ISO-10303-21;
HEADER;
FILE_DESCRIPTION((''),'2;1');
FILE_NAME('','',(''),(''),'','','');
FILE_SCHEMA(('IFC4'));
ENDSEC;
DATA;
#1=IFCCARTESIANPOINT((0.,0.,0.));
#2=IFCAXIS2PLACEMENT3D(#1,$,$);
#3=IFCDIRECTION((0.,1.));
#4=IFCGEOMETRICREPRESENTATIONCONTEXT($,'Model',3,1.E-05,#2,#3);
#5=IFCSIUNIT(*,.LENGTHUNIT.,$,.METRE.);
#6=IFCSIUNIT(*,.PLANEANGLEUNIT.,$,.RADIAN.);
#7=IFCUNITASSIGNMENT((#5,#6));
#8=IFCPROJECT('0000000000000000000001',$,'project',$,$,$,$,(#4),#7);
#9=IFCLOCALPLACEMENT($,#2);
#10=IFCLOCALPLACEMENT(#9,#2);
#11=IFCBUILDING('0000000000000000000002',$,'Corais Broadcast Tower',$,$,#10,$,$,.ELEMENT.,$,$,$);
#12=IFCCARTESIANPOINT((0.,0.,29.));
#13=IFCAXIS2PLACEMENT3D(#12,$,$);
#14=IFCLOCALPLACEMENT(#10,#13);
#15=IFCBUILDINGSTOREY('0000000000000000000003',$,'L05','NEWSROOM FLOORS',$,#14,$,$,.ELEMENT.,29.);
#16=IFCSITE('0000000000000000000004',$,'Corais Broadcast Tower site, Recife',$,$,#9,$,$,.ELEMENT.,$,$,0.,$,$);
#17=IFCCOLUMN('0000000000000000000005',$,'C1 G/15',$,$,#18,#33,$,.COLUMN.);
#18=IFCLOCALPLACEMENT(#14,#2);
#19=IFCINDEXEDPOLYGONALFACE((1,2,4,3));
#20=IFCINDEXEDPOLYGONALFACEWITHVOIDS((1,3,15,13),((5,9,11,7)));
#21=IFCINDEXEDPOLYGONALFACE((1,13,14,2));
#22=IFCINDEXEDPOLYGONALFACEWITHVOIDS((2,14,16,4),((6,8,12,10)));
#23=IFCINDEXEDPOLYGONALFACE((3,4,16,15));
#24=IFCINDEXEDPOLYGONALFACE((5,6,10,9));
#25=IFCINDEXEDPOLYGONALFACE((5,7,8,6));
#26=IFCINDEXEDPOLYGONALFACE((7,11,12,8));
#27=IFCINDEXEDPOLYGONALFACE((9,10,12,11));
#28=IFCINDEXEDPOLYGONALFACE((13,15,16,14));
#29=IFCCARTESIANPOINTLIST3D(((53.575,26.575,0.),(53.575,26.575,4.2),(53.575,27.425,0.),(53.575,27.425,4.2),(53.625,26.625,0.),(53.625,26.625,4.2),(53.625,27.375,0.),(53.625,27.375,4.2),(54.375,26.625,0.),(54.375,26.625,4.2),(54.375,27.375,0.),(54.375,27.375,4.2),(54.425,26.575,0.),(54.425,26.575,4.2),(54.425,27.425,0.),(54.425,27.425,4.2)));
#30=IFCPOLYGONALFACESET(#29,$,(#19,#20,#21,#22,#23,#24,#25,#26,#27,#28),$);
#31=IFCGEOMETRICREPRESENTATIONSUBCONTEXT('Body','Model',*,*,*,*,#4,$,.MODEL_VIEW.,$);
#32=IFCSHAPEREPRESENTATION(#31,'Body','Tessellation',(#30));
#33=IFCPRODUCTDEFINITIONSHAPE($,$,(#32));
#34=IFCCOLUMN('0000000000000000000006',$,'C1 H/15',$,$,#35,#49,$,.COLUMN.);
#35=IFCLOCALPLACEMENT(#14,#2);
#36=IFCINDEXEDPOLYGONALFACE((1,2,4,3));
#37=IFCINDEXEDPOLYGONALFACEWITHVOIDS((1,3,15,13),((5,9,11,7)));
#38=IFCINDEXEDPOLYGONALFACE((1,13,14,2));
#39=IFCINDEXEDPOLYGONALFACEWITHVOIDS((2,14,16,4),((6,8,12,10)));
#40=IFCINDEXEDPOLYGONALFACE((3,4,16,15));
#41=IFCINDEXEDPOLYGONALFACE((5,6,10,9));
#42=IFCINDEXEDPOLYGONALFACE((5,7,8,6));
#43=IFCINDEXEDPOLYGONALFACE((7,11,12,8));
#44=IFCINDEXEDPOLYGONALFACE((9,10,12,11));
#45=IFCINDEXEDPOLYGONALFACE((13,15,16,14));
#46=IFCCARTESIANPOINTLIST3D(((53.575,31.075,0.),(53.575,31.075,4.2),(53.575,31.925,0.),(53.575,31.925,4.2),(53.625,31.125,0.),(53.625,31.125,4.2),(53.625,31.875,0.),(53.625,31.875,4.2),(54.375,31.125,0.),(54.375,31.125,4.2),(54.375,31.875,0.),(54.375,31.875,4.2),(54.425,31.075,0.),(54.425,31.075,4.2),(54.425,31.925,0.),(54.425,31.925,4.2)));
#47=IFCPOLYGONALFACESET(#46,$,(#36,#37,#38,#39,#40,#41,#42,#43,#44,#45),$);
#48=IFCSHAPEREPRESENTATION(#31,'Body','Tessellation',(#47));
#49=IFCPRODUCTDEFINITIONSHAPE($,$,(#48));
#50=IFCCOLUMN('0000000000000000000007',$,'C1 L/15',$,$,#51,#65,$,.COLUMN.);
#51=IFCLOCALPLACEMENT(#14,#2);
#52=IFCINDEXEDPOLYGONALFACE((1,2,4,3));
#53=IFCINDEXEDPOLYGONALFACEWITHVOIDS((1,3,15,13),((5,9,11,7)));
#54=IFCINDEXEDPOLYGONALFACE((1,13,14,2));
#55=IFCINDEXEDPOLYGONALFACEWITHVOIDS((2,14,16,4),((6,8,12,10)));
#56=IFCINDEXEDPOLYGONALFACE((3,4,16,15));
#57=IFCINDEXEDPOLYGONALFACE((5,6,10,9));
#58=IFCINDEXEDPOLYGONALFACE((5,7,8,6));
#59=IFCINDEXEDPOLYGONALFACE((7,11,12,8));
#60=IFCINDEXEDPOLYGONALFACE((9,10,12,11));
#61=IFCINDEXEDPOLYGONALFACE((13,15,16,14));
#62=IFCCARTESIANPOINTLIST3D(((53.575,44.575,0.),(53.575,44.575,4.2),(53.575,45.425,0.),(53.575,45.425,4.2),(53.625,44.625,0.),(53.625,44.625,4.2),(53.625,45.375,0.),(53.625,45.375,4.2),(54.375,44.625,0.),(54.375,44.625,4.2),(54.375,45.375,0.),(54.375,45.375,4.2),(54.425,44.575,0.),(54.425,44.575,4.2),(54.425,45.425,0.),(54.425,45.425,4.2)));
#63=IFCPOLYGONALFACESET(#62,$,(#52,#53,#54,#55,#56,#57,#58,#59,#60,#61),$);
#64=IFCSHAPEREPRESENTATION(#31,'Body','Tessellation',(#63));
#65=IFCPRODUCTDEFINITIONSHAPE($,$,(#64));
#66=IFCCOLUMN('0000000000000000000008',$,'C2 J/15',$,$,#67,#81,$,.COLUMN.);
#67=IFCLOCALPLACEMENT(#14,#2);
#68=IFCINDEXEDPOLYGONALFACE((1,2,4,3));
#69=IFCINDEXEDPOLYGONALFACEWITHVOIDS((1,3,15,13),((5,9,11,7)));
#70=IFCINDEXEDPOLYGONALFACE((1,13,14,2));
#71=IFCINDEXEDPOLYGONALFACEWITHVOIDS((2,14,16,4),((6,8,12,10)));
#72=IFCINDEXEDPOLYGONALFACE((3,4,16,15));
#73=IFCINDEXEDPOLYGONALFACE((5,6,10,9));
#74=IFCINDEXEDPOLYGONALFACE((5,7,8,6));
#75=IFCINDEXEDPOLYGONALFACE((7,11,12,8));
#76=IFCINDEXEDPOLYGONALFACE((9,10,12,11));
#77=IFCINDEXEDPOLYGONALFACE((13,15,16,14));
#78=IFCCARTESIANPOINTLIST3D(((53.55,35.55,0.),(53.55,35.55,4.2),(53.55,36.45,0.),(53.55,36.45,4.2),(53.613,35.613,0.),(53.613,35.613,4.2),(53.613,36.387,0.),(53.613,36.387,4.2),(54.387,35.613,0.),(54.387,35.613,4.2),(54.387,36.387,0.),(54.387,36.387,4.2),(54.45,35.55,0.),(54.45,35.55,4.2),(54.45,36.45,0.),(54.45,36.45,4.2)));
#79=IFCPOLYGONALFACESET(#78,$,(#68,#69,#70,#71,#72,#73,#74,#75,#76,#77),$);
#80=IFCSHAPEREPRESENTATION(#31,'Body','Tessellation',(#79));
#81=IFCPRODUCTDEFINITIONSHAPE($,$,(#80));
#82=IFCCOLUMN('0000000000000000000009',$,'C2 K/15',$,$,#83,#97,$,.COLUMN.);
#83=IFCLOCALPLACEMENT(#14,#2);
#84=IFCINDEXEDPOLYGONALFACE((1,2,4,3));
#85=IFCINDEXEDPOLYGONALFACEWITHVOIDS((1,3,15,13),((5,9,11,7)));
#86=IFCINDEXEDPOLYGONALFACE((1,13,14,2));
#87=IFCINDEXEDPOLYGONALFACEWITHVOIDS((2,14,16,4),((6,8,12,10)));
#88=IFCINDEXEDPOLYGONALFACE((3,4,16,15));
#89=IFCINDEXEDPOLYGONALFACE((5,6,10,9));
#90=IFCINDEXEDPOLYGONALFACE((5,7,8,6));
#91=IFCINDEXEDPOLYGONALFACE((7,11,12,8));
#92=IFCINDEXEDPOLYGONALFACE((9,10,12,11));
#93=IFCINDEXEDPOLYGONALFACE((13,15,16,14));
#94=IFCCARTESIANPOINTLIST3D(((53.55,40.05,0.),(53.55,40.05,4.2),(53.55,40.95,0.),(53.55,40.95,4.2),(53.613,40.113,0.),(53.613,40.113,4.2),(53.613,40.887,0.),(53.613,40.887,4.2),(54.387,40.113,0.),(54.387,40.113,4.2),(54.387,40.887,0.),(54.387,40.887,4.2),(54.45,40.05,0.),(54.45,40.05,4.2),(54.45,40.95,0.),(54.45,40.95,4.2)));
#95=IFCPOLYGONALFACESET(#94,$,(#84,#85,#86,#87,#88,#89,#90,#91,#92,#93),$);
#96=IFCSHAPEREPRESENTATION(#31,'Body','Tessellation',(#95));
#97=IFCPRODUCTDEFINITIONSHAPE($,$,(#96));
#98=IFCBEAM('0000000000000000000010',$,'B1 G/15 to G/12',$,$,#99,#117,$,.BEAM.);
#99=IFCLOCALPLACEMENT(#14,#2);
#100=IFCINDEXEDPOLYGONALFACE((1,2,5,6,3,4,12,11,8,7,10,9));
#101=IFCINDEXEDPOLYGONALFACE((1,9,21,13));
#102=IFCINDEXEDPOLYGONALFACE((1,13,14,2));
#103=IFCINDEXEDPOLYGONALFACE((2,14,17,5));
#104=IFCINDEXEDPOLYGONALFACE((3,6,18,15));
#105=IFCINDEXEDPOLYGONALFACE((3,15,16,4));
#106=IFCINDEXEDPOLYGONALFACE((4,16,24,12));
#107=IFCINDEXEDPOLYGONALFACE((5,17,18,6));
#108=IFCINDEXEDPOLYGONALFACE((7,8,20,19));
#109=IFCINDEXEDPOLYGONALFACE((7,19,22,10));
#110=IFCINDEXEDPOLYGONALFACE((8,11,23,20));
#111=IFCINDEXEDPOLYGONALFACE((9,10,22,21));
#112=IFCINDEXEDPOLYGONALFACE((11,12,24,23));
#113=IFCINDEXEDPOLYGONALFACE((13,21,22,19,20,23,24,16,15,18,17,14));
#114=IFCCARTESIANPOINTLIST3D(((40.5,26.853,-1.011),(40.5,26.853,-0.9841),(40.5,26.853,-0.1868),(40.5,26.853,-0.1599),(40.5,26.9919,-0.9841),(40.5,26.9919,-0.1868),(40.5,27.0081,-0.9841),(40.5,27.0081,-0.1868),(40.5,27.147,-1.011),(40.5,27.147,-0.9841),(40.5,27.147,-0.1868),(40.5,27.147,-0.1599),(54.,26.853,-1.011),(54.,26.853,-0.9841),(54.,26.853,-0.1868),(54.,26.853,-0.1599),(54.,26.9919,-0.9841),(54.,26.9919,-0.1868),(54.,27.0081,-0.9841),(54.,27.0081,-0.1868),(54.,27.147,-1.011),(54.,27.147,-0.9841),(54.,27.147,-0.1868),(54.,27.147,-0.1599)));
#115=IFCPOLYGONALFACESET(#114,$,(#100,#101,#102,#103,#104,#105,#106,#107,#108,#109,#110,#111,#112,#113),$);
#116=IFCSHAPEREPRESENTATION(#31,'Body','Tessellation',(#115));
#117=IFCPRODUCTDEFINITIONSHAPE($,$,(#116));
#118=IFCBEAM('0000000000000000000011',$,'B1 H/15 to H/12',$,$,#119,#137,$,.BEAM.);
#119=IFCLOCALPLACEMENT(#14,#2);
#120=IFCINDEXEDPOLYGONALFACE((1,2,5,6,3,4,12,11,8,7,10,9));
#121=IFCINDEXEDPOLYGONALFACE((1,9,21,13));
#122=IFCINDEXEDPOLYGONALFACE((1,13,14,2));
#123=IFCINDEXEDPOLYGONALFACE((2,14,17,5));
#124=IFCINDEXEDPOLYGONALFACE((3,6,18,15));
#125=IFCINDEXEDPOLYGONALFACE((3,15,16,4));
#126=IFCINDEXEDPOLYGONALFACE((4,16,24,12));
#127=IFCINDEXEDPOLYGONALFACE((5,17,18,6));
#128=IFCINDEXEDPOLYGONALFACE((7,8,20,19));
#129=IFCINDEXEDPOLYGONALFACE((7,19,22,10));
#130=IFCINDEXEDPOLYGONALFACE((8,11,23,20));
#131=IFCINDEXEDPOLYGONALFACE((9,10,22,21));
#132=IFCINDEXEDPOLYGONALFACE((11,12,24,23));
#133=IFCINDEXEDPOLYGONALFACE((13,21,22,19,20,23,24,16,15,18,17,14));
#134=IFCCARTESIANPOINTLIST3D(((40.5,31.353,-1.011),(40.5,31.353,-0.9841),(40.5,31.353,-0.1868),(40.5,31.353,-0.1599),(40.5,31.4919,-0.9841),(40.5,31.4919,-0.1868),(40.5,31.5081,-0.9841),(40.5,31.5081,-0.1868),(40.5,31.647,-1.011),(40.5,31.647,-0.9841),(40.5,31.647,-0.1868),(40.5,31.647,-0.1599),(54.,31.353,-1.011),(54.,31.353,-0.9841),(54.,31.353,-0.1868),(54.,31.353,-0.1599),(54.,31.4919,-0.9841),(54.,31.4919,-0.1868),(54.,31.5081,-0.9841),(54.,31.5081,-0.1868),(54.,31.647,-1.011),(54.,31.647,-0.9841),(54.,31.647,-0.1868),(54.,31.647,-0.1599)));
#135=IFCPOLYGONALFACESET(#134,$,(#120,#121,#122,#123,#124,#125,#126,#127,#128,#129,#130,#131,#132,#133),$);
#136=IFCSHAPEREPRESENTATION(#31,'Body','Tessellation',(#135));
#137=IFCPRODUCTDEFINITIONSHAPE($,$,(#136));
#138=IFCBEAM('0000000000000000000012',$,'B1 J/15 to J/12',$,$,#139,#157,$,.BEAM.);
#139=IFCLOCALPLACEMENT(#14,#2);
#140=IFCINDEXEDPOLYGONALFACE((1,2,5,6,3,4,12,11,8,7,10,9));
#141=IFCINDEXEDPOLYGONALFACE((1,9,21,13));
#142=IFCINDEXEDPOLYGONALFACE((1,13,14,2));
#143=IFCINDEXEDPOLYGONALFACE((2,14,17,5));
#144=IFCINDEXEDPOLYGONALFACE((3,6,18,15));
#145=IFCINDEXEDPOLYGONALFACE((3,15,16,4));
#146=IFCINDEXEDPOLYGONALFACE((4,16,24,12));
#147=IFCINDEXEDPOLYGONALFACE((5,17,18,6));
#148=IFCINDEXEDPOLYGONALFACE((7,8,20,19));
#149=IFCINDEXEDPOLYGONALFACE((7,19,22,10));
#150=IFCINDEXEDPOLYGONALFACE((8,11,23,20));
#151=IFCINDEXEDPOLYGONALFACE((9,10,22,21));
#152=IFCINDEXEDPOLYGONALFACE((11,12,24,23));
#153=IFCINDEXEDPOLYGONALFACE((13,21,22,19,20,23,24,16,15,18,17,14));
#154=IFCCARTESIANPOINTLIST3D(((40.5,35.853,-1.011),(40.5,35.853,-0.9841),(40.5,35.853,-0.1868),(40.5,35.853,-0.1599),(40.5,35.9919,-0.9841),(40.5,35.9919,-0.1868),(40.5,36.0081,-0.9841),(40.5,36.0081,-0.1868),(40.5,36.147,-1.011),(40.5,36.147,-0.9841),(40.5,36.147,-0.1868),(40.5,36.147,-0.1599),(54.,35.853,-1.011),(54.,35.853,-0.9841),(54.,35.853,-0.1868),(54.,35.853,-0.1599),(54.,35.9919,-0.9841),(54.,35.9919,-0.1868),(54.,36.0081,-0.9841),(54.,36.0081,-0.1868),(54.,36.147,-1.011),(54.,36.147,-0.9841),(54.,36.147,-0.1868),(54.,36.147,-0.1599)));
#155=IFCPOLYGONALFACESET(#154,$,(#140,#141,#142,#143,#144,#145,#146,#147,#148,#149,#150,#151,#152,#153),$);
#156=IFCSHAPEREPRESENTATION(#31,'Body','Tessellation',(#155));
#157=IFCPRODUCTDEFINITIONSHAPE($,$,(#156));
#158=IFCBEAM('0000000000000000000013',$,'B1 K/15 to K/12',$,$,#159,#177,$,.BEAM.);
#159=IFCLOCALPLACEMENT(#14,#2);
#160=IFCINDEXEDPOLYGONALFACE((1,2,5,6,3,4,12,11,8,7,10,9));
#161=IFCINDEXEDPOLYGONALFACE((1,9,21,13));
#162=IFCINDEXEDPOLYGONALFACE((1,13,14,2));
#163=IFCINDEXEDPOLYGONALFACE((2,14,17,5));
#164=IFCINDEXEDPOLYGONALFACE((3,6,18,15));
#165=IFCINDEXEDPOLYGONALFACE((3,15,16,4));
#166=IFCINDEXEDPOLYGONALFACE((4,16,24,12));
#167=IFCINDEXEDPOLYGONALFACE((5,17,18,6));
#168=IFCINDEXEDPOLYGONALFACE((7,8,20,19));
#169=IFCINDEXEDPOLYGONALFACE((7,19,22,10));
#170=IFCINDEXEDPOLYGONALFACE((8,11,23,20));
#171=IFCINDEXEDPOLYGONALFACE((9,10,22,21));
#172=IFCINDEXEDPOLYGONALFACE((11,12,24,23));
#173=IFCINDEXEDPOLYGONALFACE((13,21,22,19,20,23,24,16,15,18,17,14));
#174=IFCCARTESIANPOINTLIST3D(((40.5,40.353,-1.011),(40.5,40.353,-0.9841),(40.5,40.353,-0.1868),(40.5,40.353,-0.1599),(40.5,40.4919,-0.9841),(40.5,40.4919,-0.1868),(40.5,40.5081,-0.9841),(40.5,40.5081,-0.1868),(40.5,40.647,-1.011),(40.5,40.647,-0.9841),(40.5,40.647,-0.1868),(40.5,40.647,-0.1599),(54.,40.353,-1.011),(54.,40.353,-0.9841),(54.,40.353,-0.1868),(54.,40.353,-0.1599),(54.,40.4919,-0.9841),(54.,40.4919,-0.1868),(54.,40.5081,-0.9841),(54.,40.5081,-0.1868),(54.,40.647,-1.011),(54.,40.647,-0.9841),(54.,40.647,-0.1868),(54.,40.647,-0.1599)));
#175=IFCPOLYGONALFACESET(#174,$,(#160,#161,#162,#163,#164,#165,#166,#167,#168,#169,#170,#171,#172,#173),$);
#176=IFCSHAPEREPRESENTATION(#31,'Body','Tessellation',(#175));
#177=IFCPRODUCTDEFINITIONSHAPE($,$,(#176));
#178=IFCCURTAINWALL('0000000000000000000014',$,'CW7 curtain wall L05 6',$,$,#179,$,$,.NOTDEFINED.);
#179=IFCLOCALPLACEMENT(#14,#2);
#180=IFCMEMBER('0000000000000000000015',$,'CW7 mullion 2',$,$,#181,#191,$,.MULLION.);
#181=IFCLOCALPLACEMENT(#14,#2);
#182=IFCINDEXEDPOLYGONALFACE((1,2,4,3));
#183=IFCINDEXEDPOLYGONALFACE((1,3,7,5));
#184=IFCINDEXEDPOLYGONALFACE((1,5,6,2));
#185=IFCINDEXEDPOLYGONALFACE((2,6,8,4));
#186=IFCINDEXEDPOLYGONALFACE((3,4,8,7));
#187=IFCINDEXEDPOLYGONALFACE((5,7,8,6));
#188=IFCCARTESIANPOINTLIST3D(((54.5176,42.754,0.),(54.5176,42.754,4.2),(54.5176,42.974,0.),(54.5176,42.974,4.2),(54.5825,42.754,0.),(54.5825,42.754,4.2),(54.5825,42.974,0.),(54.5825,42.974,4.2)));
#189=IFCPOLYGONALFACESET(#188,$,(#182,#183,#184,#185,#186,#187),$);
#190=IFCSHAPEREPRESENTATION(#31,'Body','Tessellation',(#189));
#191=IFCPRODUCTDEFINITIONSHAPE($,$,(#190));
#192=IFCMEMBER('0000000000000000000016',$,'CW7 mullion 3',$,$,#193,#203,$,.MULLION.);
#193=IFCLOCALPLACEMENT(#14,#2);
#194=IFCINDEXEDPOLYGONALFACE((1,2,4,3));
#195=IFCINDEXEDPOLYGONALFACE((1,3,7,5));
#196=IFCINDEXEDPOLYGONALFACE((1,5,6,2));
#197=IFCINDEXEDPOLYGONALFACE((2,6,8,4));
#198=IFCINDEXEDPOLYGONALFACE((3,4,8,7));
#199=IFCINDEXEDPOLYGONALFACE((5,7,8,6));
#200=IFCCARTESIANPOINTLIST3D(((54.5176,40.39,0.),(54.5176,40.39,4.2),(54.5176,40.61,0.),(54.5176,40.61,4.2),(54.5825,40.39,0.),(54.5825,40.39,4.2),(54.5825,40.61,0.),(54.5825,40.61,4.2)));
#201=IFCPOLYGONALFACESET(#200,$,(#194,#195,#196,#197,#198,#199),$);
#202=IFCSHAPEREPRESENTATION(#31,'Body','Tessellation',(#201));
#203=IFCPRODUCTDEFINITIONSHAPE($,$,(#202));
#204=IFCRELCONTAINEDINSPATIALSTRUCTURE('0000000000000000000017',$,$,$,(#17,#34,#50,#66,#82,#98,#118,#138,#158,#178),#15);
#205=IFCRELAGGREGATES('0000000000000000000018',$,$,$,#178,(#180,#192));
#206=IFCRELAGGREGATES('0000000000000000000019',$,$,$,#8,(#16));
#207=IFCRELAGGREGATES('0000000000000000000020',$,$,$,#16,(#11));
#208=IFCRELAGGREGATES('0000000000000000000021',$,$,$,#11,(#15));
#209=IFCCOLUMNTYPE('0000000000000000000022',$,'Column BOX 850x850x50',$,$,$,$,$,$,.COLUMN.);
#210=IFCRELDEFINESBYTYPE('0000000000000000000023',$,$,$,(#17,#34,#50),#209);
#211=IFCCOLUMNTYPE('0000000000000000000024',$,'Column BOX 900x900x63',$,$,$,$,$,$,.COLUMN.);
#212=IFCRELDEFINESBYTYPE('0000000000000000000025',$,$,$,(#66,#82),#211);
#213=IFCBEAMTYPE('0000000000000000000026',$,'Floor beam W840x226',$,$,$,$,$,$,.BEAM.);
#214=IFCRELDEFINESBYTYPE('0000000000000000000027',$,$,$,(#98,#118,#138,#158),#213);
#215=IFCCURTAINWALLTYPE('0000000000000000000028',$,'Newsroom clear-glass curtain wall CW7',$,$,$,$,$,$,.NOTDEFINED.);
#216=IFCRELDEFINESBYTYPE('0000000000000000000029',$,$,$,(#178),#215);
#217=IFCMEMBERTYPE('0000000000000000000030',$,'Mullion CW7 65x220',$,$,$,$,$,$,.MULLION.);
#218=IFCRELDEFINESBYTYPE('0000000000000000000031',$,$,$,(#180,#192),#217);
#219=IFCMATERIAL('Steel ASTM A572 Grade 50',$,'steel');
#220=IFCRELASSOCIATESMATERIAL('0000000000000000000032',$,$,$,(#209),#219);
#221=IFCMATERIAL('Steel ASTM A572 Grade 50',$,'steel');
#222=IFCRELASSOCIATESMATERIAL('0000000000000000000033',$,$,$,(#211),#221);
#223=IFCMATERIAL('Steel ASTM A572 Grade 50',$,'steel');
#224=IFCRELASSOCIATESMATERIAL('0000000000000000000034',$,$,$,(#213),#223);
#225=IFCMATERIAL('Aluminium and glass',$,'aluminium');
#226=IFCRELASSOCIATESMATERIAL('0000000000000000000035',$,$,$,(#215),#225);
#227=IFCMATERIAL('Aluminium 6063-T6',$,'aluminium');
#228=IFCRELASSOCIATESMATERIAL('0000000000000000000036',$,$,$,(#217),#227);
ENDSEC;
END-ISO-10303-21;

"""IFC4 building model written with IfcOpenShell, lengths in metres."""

from ifc_helpers import new_model, si_unit, direction, frame, origin, origin_2d, place, context, subcontext, project, spatial, rectangle, hollow_rectangle, i_section, extrude, material, material_profile, profile_set, type_object, element, aggregate, save


model = new_model("IFC4")

# Units and contexts
model_context = context("Model", 3, precision=1e-05, world=origin(), true_north=direction((0.0, 1.0)))
body_context = subcontext(model_context, "Body", "Model", "MODEL_VIEW")
ifc_project = project(units=[si_unit("LENGTHUNIT", "METRE"), si_unit("PLANEANGLEUNIT", "RADIAN")], contexts=[model_context])

# Site, building, storey
site_placement = place(None, origin())
site = spatial("IfcSite", under=ifc_project, at=site_placement, Name="Corais Broadcast Tower site, Recife", CompositionType="ELEMENT", RefElevation=0.0)
building_placement = place(site_placement, origin())
building = spatial("IfcBuilding", under=site, at=building_placement, Name="Corais Broadcast Tower", CompositionType="ELEMENT")
storey_placement = place(building_placement, frame((0.0, 0.0, 29.0)))
storey = spatial("IfcBuildingStorey", under=building, at=storey_placement, Name="L05", Description="NEWSROOM FLOORS", CompositionType="ELEMENT", Elevation=29.0)

# Columns
ifc_material_1 = material(Name="Steel ASTM A572 Grade 50", Category="steel")
ifc_material_profile_1 = material_profile(ifc_material_1, hollow_rectangle(XDim=0.8501, YDim=0.8501, WallThickness=0.05, at=origin_2d()), Name="BOX 850x850x50")
ifc_profile_set_1 = profile_set([ifc_material_profile_1], Name="Steel ASTM A572 Grade 50")
column_type_1 = type_object("IfcColumnType", Name="Column BOX 850x850x50", PredefinedType="COLUMN", material=ifc_profile_set_1)
for number, where, z_axis, x_axis, name in (
    (1, (54.0, 27.0, 0.0), (0.0, 0.0, 1.0), (1.0, 0.0, 0.0), "C1 G/15"),
    (2, (54.0, 31.5, 0.0), (0.0, 0.0, 1.0), (1.0, 0.0, 0.0), "C1 H/15"),
    (3, (54.0, 45.0, 0.0), (0.0, 0.0, 1.0), (1.0, 0.0, 0.0), "C1 L/15"),
):
    element("IfcColumn", number, at=place(storey_placement, frame(where, z_axis=z_axis, x_axis=x_axis)), inside=storey, type_object=column_type_1, Name=name, PredefinedType="COLUMN", context=body_context, shape_type="SweptSolid", body=[
        extrude(hollow_rectangle(XDim=0.8501, YDim=0.8501, WallThickness=0.05, at=origin_2d()), origin(), (0.0, 0.0, 1.0), 4.2),
    ])
ifc_material_2 = material(Name="Steel ASTM A572 Grade 50", Category="steel")
ifc_material_profile_2 = material_profile(ifc_material_2, hollow_rectangle(XDim=0.8999, YDim=0.8999, WallThickness=0.063, at=origin_2d()), Name="BOX 900x900x63")
ifc_profile_set_2 = profile_set([ifc_material_profile_2], Name="Steel ASTM A572 Grade 50")
column_type_2 = type_object("IfcColumnType", Name="Column BOX 900x900x63", PredefinedType="COLUMN", material=ifc_profile_set_2)
for number, where, z_axis, x_axis, name in (
    (4, (54.0, 36.0, 0.0), (0.0, 0.0, 1.0), (1.0, 0.0, 0.0), "C2 J/15"),
    (5, (54.0, 40.5, 0.0), (0.0, 0.0, 1.0), (1.0, 0.0, 0.0), "C2 K/15"),
):
    element("IfcColumn", number, at=place(storey_placement, frame(where, z_axis=z_axis, x_axis=x_axis)), inside=storey, type_object=column_type_2, Name=name, PredefinedType="COLUMN", context=body_context, shape_type="SweptSolid", body=[
        extrude(hollow_rectangle(XDim=0.8999, YDim=0.8999, WallThickness=0.063, at=origin_2d()), origin(), (0.0, 0.0, 1.0), 4.2),
    ])

# Beams
ifc_material_3 = material(Name="Steel ASTM A572 Grade 50", Category="steel")
ifc_material_profile_3 = material_profile(ifc_material_3, i_section(OverallWidth=0.2939, OverallDepth=0.8511, WebThickness=0.0161, FlangeThickness=0.0269, at=origin_2d()), Name="W840x226")
ifc_profile_set_3 = profile_set([ifc_material_profile_3], Name="Steel ASTM A572 Grade 50")
beam_type_1 = type_object("IfcBeamType", Name="Floor beam W840x226", PredefinedType="BEAM", material=ifc_profile_set_3)
for number, where, z_axis, x_axis, name in (
    (6, (54.0, 27.0, -0.5854), (-1.0, 0.0, 0.0), (0.0, -1.0, 0.0), "B1 G/15 to G/12"),
    (7, (54.0, 31.5, -0.5854), (-1.0, 0.0, 0.0), (0.0, -1.0, 0.0), "B1 H/15 to H/12"),
    (8, (54.0, 36.0, -0.5854), (-1.0, 0.0, 0.0), (0.0, -1.0, 0.0), "B1 J/15 to J/12"),
    (9, (54.0, 40.5, -0.5854), (-1.0, 0.0, 0.0), (0.0, -1.0, 0.0), "B1 K/15 to K/12"),
):
    element("IfcBeam", number, at=place(storey_placement, frame(where, z_axis=z_axis, x_axis=x_axis)), inside=storey, type_object=beam_type_1, Name=name, PredefinedType="BEAM", context=body_context, shape_type="SweptSolid", body=[
        extrude(i_section(OverallWidth=0.2939, OverallDepth=0.8511, WebThickness=0.0161, FlangeThickness=0.0269, at=origin_2d()), origin(), (0.0, 0.0, 1.0), 13.5),
    ])

# Curtain wall, members
ifc_material_4 = material(Name="Aluminium and glass", Category="aluminium")
curtain_wall_type = type_object("IfcCurtainWallType", Name="Newsroom clear-glass curtain wall CW7", PredefinedType="NOTDEFINED", material=ifc_material_4)
curtain_wall_placement = place(storey_placement, origin())
curtain_wall = element("IfcCurtainWall", 10, at=curtain_wall_placement, inside=storey, type_object=curtain_wall_type, Name="CW7 curtain wall L05 6", PredefinedType="NOTDEFINED")
ifc_material_5 = material(Name="Aluminium 6063-T6", Category="aluminium")
ifc_material_profile_4 = material_profile(ifc_material_5, rectangle(XDim=0.0649, YDim=0.22, at=origin_2d()), Name="Mullion CW7 65x220")
ifc_profile_set_4 = profile_set([ifc_material_profile_4], Name="Aluminium 6063-T6")
member_type_1 = type_object("IfcMemberType", Name="Mullion CW7 65x220", PredefinedType="MULLION", material=ifc_profile_set_4)
member_1_placement = place(storey_placement, frame((54.55, 42.864, 0.0), z_axis=(0.0, 0.0, 1.0), x_axis=(1.0, 0.0, 0.0)))
member_1 = element("IfcMember", 11, at=member_1_placement, type_object=member_type_1, Name="CW7 mullion 2", PredefinedType="MULLION", context=body_context, shape_type="SweptSolid", body=[
    extrude(rectangle(XDim=0.0649, YDim=0.22, at=origin_2d()), origin(), (0.0, 0.0, 1.0), 4.2),
])
member_2_placement = place(storey_placement, frame((54.55, 40.5, 0.0), z_axis=(0.0, 0.0, 1.0), x_axis=(1.0, 0.0, 0.0)))
member_2 = element("IfcMember", 12, at=member_2_placement, type_object=member_type_1, Name="CW7 mullion 3", PredefinedType="MULLION", context=body_context, shape_type="SweptSolid", body=[
    extrude(rectangle(XDim=0.0649, YDim=0.22, at=origin_2d()), origin(), (0.0, 0.0, 1.0), 4.2),
])

aggregate(curtain_wall, [member_1, member_2])

save(model, "model.ifc")
